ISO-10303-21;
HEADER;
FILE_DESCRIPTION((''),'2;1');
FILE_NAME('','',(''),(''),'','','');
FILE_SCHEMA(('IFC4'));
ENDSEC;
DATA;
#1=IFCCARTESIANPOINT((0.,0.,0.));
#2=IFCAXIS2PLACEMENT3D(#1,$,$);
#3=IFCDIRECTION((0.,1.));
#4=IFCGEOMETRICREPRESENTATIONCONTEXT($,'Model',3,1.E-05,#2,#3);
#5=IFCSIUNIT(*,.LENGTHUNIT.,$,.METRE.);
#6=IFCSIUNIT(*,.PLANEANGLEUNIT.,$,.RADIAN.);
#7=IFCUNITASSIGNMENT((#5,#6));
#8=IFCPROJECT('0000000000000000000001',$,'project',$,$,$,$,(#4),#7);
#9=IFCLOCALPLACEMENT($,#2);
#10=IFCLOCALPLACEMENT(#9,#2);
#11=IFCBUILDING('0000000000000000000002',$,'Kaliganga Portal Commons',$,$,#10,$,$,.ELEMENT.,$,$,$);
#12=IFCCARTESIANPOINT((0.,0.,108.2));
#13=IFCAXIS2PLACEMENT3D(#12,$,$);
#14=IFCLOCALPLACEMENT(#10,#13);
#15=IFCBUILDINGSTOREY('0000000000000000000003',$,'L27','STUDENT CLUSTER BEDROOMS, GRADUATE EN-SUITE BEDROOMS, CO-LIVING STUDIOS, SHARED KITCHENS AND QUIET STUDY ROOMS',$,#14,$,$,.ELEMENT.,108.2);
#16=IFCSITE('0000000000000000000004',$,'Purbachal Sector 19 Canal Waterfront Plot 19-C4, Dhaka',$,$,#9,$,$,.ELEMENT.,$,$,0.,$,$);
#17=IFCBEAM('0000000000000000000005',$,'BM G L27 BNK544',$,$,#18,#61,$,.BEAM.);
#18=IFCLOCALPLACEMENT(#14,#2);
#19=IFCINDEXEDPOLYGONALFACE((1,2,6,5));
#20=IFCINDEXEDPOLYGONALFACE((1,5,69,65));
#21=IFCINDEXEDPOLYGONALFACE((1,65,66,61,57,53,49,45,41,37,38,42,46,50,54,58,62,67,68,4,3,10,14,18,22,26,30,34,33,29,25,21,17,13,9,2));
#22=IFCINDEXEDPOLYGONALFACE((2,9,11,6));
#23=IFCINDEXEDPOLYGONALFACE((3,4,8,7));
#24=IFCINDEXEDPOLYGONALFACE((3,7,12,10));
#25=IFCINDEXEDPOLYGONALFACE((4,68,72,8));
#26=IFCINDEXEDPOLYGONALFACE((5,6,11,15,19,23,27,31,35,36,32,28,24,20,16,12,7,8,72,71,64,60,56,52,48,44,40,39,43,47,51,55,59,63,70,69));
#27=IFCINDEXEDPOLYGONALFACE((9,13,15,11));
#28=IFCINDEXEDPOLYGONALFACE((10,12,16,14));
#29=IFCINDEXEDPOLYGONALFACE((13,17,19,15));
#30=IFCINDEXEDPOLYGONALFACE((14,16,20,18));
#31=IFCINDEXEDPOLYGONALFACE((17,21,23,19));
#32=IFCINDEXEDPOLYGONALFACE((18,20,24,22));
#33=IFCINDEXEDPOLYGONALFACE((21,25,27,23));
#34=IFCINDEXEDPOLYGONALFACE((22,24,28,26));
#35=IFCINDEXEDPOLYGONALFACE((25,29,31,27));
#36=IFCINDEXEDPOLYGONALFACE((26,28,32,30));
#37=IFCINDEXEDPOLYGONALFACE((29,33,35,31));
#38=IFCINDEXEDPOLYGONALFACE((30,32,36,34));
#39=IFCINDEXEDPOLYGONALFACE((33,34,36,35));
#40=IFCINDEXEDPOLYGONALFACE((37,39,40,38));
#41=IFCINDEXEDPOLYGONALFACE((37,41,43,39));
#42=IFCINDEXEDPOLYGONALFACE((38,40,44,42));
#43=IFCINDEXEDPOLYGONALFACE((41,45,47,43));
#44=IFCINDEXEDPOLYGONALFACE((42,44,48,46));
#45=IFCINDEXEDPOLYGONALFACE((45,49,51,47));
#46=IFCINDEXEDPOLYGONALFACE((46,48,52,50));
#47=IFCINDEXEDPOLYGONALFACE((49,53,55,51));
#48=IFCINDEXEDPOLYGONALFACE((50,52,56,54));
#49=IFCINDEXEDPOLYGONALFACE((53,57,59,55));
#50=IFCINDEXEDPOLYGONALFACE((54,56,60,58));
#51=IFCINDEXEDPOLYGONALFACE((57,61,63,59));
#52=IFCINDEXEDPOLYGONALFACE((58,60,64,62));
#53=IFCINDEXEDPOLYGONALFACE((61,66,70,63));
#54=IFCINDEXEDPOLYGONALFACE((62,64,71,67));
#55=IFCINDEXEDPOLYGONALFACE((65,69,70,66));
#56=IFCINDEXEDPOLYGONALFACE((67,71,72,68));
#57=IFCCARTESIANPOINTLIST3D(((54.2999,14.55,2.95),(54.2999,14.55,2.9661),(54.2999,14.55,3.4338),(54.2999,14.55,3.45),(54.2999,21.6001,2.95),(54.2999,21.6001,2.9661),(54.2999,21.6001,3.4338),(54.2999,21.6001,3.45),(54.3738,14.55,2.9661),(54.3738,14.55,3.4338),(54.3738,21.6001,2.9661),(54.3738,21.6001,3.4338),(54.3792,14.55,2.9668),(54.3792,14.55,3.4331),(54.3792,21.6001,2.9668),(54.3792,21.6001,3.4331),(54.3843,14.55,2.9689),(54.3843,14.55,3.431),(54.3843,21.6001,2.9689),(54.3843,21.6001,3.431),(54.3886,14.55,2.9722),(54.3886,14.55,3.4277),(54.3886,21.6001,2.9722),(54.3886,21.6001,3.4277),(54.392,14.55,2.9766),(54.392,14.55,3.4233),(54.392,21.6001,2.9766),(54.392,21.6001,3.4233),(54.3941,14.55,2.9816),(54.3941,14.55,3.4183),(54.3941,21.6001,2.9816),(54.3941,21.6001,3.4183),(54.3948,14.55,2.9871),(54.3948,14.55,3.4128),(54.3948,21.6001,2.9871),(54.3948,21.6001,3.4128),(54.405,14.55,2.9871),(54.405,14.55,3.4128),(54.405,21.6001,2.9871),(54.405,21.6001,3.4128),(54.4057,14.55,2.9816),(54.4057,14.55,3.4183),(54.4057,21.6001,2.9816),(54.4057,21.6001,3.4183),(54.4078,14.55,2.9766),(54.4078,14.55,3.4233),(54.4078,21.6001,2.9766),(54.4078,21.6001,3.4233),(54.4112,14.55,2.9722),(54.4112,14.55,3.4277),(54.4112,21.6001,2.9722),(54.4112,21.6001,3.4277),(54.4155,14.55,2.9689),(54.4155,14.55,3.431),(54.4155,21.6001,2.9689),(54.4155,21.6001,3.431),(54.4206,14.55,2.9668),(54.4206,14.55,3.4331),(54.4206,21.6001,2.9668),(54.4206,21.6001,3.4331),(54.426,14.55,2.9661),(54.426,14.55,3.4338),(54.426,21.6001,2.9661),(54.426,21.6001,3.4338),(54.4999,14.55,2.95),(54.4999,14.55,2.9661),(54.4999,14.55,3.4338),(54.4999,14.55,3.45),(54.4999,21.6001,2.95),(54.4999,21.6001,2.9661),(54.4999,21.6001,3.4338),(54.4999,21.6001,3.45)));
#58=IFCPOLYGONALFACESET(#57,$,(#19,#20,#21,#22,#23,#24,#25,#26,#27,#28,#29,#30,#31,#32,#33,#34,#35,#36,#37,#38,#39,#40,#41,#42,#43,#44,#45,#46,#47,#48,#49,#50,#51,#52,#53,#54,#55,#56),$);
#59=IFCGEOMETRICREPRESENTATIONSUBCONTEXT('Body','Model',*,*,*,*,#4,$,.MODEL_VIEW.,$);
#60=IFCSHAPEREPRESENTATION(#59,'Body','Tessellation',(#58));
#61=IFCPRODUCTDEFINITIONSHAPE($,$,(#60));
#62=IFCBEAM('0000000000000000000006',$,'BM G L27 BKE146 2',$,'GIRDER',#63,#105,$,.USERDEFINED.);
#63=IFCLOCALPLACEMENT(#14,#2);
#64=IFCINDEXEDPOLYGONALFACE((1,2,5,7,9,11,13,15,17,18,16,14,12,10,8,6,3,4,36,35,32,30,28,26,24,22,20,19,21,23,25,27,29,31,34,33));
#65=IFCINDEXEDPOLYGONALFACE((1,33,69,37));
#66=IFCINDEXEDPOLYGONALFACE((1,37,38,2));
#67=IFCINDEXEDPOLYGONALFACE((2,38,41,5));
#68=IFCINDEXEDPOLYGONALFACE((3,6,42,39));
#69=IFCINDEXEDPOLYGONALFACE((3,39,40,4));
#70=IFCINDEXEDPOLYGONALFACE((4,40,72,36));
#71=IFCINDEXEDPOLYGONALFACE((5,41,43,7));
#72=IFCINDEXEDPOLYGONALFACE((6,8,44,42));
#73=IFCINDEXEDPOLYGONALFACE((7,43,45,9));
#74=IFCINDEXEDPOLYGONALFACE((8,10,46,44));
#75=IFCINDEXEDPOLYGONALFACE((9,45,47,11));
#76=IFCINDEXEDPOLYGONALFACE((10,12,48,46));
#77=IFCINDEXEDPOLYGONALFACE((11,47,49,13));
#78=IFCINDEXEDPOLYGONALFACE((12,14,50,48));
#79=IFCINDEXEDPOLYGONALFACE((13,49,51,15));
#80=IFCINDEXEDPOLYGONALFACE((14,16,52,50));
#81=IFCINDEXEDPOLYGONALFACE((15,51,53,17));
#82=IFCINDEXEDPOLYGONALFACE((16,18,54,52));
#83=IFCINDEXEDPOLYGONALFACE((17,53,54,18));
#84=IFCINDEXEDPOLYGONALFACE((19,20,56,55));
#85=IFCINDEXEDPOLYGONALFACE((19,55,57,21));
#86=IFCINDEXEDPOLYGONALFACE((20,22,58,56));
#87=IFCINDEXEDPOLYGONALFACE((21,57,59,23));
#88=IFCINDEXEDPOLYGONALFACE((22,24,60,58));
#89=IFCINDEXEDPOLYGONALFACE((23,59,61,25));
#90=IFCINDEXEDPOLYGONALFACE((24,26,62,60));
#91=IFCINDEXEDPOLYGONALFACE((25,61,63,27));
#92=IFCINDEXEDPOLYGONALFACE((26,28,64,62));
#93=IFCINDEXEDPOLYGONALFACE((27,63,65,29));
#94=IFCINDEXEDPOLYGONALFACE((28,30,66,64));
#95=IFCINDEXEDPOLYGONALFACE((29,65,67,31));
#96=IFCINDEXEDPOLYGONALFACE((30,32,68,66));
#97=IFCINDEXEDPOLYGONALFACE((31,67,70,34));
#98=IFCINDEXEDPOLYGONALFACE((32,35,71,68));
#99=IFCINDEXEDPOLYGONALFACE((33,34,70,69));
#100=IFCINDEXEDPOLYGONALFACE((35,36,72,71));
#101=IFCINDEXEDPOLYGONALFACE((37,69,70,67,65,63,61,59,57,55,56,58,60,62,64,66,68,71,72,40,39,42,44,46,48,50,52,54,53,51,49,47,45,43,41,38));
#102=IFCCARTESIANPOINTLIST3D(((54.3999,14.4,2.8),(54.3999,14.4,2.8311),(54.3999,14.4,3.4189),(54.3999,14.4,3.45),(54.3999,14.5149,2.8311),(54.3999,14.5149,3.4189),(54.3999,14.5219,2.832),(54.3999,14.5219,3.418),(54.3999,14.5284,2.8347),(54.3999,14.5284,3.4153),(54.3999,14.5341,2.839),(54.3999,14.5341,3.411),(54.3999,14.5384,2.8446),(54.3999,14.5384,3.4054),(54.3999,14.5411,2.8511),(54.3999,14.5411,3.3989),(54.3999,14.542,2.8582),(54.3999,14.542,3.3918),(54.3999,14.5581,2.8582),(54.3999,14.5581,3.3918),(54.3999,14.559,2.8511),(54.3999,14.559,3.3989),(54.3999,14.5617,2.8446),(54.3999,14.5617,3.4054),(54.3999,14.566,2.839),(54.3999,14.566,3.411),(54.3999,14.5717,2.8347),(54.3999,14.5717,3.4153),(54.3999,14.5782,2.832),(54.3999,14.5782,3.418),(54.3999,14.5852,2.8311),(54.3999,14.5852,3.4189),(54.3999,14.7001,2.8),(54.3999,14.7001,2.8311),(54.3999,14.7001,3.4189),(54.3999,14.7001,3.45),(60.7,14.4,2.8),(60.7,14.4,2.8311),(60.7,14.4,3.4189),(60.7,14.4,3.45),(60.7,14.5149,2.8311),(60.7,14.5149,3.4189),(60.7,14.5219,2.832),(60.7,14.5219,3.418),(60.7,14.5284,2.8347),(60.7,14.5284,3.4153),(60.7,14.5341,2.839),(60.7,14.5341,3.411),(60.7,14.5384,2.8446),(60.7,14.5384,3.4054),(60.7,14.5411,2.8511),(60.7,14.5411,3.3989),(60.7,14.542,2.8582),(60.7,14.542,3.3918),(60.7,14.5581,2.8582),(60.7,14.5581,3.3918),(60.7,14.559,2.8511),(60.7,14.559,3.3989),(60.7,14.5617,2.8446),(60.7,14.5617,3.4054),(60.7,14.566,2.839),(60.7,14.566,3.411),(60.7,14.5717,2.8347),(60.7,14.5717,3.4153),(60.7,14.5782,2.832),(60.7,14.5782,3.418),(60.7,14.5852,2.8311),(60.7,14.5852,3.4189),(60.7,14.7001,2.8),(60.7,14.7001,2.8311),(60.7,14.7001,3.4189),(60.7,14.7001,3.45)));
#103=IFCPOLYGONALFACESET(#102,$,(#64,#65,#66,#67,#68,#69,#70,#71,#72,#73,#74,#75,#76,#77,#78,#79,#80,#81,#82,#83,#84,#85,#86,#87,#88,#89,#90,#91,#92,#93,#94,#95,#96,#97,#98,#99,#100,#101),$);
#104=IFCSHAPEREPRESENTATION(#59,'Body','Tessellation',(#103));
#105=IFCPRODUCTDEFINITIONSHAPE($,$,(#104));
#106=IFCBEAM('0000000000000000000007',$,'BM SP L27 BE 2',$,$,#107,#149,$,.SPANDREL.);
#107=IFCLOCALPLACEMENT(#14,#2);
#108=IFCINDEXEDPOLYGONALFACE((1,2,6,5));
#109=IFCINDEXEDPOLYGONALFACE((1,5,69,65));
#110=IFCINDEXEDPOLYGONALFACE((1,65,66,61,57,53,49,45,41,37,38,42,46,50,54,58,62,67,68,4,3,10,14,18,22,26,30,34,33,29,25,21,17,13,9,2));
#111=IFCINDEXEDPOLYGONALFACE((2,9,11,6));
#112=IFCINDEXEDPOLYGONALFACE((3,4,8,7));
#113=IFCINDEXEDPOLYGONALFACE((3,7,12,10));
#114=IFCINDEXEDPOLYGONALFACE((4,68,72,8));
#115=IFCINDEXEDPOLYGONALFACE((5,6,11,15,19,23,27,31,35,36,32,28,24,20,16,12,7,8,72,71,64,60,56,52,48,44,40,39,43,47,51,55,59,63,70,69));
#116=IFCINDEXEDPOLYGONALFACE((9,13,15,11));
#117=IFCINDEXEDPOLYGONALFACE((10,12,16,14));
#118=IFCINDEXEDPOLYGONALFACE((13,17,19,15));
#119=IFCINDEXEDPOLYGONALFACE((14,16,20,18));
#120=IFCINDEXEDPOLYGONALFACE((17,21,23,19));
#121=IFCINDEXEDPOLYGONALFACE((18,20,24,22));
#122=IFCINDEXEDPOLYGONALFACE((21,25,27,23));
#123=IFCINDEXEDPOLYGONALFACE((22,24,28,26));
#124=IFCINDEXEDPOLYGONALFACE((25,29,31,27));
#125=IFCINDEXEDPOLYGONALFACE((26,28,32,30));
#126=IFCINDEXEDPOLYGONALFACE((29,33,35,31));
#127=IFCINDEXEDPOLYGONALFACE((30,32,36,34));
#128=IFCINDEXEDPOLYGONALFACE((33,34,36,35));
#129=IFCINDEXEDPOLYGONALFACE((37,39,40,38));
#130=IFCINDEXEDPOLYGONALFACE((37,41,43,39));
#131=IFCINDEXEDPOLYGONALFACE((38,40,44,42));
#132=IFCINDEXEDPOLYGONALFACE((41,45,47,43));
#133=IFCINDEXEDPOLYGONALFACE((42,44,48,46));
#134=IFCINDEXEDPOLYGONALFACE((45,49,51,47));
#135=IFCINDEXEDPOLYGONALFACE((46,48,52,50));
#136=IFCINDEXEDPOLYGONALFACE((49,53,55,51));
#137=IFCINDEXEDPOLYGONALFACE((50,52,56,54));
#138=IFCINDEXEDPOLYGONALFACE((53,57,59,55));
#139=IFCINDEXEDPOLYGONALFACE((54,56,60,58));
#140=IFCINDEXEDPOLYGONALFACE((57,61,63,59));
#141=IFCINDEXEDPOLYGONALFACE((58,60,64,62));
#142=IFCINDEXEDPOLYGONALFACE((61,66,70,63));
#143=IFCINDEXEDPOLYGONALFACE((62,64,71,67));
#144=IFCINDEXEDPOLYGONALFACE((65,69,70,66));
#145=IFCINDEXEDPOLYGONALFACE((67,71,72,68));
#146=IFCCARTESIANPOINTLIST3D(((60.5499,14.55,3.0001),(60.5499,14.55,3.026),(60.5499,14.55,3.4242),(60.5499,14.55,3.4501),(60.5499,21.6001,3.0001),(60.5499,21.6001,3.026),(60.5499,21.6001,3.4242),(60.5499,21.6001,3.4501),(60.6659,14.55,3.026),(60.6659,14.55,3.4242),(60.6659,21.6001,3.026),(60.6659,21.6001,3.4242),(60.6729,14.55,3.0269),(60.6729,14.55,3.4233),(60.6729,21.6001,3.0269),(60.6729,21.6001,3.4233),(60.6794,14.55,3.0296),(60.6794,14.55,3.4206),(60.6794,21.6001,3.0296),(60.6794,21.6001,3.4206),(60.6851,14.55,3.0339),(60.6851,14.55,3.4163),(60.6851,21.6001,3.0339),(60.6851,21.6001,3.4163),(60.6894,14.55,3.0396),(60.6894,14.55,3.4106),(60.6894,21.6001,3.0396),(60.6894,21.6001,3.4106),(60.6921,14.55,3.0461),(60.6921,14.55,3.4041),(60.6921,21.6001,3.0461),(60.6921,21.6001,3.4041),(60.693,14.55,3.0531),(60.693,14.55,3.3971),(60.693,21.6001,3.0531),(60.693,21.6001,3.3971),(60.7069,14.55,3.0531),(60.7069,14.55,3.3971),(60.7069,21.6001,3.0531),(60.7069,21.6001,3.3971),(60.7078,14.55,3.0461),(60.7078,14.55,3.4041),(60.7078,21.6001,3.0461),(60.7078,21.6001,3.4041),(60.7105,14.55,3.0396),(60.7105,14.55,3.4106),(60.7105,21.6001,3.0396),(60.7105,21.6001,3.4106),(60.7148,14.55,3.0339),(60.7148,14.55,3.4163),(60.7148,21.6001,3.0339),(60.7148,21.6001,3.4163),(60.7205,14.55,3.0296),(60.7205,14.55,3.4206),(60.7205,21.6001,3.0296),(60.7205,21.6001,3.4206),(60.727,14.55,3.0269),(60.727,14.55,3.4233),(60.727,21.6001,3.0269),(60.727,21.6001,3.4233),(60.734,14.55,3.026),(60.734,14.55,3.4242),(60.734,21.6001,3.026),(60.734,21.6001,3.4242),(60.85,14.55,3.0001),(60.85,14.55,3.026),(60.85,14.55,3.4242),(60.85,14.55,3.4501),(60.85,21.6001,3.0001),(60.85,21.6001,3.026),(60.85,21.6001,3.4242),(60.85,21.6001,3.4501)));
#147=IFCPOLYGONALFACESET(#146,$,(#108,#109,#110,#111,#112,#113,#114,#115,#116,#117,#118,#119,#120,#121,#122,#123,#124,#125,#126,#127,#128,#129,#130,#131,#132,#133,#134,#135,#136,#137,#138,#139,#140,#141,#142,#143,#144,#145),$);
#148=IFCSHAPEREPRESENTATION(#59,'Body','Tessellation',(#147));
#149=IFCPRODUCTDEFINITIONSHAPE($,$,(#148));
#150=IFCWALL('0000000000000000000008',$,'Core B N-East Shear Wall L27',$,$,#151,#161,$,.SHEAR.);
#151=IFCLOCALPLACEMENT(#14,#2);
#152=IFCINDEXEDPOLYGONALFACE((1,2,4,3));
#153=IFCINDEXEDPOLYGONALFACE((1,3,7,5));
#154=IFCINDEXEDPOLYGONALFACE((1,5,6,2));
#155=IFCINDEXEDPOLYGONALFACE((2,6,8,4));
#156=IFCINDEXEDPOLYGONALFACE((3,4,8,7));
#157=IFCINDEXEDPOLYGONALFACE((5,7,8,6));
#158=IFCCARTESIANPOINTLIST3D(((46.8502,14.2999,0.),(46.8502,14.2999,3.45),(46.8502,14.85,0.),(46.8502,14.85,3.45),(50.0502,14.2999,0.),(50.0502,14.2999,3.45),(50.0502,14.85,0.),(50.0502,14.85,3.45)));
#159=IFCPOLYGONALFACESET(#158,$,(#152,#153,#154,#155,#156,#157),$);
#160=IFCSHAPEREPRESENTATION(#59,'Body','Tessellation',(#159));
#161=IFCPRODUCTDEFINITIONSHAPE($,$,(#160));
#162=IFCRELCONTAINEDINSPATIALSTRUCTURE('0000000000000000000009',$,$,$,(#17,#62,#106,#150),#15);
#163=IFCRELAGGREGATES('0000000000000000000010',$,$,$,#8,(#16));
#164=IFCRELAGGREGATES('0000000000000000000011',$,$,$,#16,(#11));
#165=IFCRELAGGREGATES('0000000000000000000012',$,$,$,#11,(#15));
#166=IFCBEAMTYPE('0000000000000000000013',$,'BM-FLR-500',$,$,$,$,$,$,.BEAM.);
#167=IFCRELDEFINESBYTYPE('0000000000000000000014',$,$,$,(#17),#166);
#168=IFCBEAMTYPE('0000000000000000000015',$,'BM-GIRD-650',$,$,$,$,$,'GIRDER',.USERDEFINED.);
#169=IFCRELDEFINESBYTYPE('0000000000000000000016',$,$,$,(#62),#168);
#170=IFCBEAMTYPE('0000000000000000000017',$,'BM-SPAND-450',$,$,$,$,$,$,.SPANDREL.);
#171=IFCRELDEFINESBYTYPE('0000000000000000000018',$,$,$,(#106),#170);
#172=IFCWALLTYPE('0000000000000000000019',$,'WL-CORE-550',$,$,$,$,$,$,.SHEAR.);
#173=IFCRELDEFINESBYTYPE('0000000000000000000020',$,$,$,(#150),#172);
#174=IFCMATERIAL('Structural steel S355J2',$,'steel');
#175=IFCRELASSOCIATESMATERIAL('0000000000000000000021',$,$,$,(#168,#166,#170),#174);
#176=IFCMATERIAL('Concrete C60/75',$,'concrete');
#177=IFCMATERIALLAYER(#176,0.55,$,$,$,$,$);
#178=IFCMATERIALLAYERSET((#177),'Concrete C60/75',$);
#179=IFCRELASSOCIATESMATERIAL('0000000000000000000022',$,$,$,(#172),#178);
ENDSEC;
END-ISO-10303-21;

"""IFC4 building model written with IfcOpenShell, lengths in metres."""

from ifc_helpers import new_model, si_unit, direction, frame, frame_2d, origin, origin_2d, place, context, subcontext, project, spatial, rectangle, i_section, extrude, source, transform, mapped, material, layer, layer_set, material_profile, profile_set, type_object, element, save


model = new_model("IFC4")

# Units and contexts
model_context = context("Model", 3, precision=1e-05, world=origin(), true_north=direction((0.0, 1.0)))
body_context = subcontext(model_context, "Body", "Model", "MODEL_VIEW")
ifc_project = project(units=[si_unit("LENGTHUNIT", "METRE"), si_unit("PLANEANGLEUNIT", "RADIAN")], contexts=[model_context])

# Site, building, storey
site_placement = place(None, origin())
site = spatial("IfcSite", under=ifc_project, at=site_placement, Name="Purbachal Sector 19 Canal Waterfront Plot 19-C4, Dhaka", CompositionType="ELEMENT", RefElevation=0.0)
building_placement = place(site_placement, origin())
building = spatial("IfcBuilding", under=site, at=building_placement, Name="Kaliganga Portal Commons", CompositionType="ELEMENT")
storey_placement = place(building_placement, frame((0.0, 0.0, 108.2)))
storey = spatial("IfcBuildingStorey", under=building, at=storey_placement, Name="L27", Description="STUDENT CLUSTER BEDROOMS, GRADUATE EN-SUITE BEDROOMS, CO-LIVING STUDIOS, SHARED KITCHENS AND QUIET STUDY ROOMS", CompositionType="ELEMENT", Elevation=108.2)

# Shared definitions
ifc_material_1 = material(Name="Concrete C60/75", Category="concrete")

# Beams
ifc_material_2 = material(Name="Structural steel S355J2", Category="steel")
ifc_material_profile_1 = material_profile(ifc_material_2, i_section(OverallWidth=0.3, OverallDepth=0.6499, WebThickness=0.0161, FlangeThickness=0.031, FilletRadius=0.0271, at=origin_2d()), Name="HE 650 B")
ifc_profile_set_1 = profile_set([ifc_material_profile_1], Name="Structural steel S355J2 wide-flange")
beam_type_1 = type_object("IfcBeamType", Name="BM-GIRD-650", ElementType="GIRDER", PredefinedType="USERDEFINED", material=ifc_profile_set_1)
ifc_material_profile_2 = material_profile(ifc_material_2, i_section(OverallWidth=0.2, OverallDepth=0.5, WebThickness=0.0103, FlangeThickness=0.0161, FilletRadius=0.021, at=origin_2d()), Name="IPE 500")
ifc_profile_set_2 = profile_set([ifc_material_profile_2], Name="Structural steel S355J2 wide-flange")
beam_type_2 = type_object("IfcBeamType", Name="BM-FLR-500", PredefinedType="BEAM", material=ifc_profile_set_2)
shared_shape_1 = source(origin(), body_context, "Body", "SweptSolid", [
    extrude(i_section(OverallWidth=0.2, OverallDepth=0.5, WebThickness=0.0103, FlangeThickness=0.0161, FilletRadius=0.021, at=origin_2d()), origin(), (0.0, 0.0, 1.0), 7.05),
])
for number, where, z_axis, x_axis, name in (
    (1, (54.3999, 14.55, 3.2), (0.0, 1.0, 0.0), (-1.0, 0.0, 0.0), "BM G L27 BNK544"),
):
    element("IfcBeam", number, at=place(storey_placement, frame(where, z_axis=z_axis, x_axis=x_axis)), inside=storey, type_object=beam_type_2, Name=name, PredefinedType="BEAM", context=body_context, shape_type="MappedRepresentation", body=[
        mapped(shared_shape_1, transform((0.0, 0.0, 0.0), x_axis=(1.0, 0.0, 0.0), y_axis=(0.0, 1.0, 0.0), z_axis=(0.0, 0.0, 1.0), scale=1.0)),
    ])
shared_shape_2 = source(origin(), body_context, "Body", "SweptSolid", [
    extrude(i_section(OverallWidth=0.3, OverallDepth=0.6499, WebThickness=0.0161, FlangeThickness=0.031, FilletRadius=0.0271, at=origin_2d()), origin(), (0.0, 0.0, 1.0), 6.3),
])
beam_1_placement = place(storey_placement, frame((54.3999, 14.55, 3.125), z_axis=(1.0, 0.0, 0.0), x_axis=(0.0, 1.0, 0.0)))
element("IfcBeam", 2, at=beam_1_placement, inside=storey, type_object=beam_type_1, Name="BM G L27 BKE146 2", ObjectType="GIRDER", PredefinedType="USERDEFINED", context=body_context, shape_type="MappedRepresentation", body=[
    mapped(shared_shape_2, transform((0.0, 0.0, 0.0), x_axis=(1.0, 0.0, 0.0), y_axis=(0.0, 1.0, 0.0), z_axis=(0.0, 0.0, 1.0), scale=1.0)),
])
ifc_material_profile_3 = material_profile(ifc_material_2, i_section(OverallWidth=0.3, OverallDepth=0.45, WebThickness=0.0139, FlangeThickness=0.0259, FilletRadius=0.0271, at=origin_2d()), Name="HE 450 B")
ifc_profile_set_3 = profile_set([ifc_material_profile_3], Name="Structural steel S355J2 wide-flange")
beam_type_3 = type_object("IfcBeamType", Name="BM-SPAND-450", PredefinedType="SPANDREL", material=ifc_profile_set_3)
shared_shape_3 = source(origin(), body_context, "Body", "SweptSolid", [
    extrude(i_section(OverallWidth=0.3, OverallDepth=0.45, WebThickness=0.0139, FlangeThickness=0.0259, FilletRadius=0.0271, at=origin_2d()), origin(), (0.0, 0.0, 1.0), 7.05),
])
beam_2_placement = place(storey_placement, frame((60.7, 14.55, 3.2251), z_axis=(0.0, 1.0, 0.0), x_axis=(-1.0, 0.0, 0.0)))
element("IfcBeam", 3, at=beam_2_placement, inside=storey, type_object=beam_type_3, Name="BM SP L27 BE 2", PredefinedType="SPANDREL", context=body_context, shape_type="MappedRepresentation", body=[
    mapped(shared_shape_3, transform((0.0, 0.0, 0.0), x_axis=(1.0, 0.0, 0.0), y_axis=(0.0, 1.0, 0.0), z_axis=(0.0, 0.0, 1.0), scale=1.0)),
])

# Wall
ifc_layer_1 = layer(ifc_material_1, 0.55)
ifc_layer_set_1 = layer_set([ifc_layer_1], Name="Concrete C60/75")
wall_type_1 = type_object("IfcWallType", Name="WL-CORE-550", PredefinedType="SHEAR", material=ifc_layer_set_1)
wall_1_placement = place(storey_placement, frame((46.8501, 14.575, 0.0), z_axis=(0.0, 0.0, 1.0), x_axis=(1.0, 0.0, 0.0)))
element("IfcWall", 4, at=wall_1_placement, inside=storey, type_object=wall_type_1, Name="Core B N-East Shear Wall L27", PredefinedType="SHEAR", context=body_context, shape_type="SweptSolid", body=[
    extrude(rectangle(XDim=3.2, YDim=0.55, at=frame_2d((1.6001, 0.0))), origin(), (0.0, 0.0, 1.0), 3.45),
])

save(model, "model.ifc")
